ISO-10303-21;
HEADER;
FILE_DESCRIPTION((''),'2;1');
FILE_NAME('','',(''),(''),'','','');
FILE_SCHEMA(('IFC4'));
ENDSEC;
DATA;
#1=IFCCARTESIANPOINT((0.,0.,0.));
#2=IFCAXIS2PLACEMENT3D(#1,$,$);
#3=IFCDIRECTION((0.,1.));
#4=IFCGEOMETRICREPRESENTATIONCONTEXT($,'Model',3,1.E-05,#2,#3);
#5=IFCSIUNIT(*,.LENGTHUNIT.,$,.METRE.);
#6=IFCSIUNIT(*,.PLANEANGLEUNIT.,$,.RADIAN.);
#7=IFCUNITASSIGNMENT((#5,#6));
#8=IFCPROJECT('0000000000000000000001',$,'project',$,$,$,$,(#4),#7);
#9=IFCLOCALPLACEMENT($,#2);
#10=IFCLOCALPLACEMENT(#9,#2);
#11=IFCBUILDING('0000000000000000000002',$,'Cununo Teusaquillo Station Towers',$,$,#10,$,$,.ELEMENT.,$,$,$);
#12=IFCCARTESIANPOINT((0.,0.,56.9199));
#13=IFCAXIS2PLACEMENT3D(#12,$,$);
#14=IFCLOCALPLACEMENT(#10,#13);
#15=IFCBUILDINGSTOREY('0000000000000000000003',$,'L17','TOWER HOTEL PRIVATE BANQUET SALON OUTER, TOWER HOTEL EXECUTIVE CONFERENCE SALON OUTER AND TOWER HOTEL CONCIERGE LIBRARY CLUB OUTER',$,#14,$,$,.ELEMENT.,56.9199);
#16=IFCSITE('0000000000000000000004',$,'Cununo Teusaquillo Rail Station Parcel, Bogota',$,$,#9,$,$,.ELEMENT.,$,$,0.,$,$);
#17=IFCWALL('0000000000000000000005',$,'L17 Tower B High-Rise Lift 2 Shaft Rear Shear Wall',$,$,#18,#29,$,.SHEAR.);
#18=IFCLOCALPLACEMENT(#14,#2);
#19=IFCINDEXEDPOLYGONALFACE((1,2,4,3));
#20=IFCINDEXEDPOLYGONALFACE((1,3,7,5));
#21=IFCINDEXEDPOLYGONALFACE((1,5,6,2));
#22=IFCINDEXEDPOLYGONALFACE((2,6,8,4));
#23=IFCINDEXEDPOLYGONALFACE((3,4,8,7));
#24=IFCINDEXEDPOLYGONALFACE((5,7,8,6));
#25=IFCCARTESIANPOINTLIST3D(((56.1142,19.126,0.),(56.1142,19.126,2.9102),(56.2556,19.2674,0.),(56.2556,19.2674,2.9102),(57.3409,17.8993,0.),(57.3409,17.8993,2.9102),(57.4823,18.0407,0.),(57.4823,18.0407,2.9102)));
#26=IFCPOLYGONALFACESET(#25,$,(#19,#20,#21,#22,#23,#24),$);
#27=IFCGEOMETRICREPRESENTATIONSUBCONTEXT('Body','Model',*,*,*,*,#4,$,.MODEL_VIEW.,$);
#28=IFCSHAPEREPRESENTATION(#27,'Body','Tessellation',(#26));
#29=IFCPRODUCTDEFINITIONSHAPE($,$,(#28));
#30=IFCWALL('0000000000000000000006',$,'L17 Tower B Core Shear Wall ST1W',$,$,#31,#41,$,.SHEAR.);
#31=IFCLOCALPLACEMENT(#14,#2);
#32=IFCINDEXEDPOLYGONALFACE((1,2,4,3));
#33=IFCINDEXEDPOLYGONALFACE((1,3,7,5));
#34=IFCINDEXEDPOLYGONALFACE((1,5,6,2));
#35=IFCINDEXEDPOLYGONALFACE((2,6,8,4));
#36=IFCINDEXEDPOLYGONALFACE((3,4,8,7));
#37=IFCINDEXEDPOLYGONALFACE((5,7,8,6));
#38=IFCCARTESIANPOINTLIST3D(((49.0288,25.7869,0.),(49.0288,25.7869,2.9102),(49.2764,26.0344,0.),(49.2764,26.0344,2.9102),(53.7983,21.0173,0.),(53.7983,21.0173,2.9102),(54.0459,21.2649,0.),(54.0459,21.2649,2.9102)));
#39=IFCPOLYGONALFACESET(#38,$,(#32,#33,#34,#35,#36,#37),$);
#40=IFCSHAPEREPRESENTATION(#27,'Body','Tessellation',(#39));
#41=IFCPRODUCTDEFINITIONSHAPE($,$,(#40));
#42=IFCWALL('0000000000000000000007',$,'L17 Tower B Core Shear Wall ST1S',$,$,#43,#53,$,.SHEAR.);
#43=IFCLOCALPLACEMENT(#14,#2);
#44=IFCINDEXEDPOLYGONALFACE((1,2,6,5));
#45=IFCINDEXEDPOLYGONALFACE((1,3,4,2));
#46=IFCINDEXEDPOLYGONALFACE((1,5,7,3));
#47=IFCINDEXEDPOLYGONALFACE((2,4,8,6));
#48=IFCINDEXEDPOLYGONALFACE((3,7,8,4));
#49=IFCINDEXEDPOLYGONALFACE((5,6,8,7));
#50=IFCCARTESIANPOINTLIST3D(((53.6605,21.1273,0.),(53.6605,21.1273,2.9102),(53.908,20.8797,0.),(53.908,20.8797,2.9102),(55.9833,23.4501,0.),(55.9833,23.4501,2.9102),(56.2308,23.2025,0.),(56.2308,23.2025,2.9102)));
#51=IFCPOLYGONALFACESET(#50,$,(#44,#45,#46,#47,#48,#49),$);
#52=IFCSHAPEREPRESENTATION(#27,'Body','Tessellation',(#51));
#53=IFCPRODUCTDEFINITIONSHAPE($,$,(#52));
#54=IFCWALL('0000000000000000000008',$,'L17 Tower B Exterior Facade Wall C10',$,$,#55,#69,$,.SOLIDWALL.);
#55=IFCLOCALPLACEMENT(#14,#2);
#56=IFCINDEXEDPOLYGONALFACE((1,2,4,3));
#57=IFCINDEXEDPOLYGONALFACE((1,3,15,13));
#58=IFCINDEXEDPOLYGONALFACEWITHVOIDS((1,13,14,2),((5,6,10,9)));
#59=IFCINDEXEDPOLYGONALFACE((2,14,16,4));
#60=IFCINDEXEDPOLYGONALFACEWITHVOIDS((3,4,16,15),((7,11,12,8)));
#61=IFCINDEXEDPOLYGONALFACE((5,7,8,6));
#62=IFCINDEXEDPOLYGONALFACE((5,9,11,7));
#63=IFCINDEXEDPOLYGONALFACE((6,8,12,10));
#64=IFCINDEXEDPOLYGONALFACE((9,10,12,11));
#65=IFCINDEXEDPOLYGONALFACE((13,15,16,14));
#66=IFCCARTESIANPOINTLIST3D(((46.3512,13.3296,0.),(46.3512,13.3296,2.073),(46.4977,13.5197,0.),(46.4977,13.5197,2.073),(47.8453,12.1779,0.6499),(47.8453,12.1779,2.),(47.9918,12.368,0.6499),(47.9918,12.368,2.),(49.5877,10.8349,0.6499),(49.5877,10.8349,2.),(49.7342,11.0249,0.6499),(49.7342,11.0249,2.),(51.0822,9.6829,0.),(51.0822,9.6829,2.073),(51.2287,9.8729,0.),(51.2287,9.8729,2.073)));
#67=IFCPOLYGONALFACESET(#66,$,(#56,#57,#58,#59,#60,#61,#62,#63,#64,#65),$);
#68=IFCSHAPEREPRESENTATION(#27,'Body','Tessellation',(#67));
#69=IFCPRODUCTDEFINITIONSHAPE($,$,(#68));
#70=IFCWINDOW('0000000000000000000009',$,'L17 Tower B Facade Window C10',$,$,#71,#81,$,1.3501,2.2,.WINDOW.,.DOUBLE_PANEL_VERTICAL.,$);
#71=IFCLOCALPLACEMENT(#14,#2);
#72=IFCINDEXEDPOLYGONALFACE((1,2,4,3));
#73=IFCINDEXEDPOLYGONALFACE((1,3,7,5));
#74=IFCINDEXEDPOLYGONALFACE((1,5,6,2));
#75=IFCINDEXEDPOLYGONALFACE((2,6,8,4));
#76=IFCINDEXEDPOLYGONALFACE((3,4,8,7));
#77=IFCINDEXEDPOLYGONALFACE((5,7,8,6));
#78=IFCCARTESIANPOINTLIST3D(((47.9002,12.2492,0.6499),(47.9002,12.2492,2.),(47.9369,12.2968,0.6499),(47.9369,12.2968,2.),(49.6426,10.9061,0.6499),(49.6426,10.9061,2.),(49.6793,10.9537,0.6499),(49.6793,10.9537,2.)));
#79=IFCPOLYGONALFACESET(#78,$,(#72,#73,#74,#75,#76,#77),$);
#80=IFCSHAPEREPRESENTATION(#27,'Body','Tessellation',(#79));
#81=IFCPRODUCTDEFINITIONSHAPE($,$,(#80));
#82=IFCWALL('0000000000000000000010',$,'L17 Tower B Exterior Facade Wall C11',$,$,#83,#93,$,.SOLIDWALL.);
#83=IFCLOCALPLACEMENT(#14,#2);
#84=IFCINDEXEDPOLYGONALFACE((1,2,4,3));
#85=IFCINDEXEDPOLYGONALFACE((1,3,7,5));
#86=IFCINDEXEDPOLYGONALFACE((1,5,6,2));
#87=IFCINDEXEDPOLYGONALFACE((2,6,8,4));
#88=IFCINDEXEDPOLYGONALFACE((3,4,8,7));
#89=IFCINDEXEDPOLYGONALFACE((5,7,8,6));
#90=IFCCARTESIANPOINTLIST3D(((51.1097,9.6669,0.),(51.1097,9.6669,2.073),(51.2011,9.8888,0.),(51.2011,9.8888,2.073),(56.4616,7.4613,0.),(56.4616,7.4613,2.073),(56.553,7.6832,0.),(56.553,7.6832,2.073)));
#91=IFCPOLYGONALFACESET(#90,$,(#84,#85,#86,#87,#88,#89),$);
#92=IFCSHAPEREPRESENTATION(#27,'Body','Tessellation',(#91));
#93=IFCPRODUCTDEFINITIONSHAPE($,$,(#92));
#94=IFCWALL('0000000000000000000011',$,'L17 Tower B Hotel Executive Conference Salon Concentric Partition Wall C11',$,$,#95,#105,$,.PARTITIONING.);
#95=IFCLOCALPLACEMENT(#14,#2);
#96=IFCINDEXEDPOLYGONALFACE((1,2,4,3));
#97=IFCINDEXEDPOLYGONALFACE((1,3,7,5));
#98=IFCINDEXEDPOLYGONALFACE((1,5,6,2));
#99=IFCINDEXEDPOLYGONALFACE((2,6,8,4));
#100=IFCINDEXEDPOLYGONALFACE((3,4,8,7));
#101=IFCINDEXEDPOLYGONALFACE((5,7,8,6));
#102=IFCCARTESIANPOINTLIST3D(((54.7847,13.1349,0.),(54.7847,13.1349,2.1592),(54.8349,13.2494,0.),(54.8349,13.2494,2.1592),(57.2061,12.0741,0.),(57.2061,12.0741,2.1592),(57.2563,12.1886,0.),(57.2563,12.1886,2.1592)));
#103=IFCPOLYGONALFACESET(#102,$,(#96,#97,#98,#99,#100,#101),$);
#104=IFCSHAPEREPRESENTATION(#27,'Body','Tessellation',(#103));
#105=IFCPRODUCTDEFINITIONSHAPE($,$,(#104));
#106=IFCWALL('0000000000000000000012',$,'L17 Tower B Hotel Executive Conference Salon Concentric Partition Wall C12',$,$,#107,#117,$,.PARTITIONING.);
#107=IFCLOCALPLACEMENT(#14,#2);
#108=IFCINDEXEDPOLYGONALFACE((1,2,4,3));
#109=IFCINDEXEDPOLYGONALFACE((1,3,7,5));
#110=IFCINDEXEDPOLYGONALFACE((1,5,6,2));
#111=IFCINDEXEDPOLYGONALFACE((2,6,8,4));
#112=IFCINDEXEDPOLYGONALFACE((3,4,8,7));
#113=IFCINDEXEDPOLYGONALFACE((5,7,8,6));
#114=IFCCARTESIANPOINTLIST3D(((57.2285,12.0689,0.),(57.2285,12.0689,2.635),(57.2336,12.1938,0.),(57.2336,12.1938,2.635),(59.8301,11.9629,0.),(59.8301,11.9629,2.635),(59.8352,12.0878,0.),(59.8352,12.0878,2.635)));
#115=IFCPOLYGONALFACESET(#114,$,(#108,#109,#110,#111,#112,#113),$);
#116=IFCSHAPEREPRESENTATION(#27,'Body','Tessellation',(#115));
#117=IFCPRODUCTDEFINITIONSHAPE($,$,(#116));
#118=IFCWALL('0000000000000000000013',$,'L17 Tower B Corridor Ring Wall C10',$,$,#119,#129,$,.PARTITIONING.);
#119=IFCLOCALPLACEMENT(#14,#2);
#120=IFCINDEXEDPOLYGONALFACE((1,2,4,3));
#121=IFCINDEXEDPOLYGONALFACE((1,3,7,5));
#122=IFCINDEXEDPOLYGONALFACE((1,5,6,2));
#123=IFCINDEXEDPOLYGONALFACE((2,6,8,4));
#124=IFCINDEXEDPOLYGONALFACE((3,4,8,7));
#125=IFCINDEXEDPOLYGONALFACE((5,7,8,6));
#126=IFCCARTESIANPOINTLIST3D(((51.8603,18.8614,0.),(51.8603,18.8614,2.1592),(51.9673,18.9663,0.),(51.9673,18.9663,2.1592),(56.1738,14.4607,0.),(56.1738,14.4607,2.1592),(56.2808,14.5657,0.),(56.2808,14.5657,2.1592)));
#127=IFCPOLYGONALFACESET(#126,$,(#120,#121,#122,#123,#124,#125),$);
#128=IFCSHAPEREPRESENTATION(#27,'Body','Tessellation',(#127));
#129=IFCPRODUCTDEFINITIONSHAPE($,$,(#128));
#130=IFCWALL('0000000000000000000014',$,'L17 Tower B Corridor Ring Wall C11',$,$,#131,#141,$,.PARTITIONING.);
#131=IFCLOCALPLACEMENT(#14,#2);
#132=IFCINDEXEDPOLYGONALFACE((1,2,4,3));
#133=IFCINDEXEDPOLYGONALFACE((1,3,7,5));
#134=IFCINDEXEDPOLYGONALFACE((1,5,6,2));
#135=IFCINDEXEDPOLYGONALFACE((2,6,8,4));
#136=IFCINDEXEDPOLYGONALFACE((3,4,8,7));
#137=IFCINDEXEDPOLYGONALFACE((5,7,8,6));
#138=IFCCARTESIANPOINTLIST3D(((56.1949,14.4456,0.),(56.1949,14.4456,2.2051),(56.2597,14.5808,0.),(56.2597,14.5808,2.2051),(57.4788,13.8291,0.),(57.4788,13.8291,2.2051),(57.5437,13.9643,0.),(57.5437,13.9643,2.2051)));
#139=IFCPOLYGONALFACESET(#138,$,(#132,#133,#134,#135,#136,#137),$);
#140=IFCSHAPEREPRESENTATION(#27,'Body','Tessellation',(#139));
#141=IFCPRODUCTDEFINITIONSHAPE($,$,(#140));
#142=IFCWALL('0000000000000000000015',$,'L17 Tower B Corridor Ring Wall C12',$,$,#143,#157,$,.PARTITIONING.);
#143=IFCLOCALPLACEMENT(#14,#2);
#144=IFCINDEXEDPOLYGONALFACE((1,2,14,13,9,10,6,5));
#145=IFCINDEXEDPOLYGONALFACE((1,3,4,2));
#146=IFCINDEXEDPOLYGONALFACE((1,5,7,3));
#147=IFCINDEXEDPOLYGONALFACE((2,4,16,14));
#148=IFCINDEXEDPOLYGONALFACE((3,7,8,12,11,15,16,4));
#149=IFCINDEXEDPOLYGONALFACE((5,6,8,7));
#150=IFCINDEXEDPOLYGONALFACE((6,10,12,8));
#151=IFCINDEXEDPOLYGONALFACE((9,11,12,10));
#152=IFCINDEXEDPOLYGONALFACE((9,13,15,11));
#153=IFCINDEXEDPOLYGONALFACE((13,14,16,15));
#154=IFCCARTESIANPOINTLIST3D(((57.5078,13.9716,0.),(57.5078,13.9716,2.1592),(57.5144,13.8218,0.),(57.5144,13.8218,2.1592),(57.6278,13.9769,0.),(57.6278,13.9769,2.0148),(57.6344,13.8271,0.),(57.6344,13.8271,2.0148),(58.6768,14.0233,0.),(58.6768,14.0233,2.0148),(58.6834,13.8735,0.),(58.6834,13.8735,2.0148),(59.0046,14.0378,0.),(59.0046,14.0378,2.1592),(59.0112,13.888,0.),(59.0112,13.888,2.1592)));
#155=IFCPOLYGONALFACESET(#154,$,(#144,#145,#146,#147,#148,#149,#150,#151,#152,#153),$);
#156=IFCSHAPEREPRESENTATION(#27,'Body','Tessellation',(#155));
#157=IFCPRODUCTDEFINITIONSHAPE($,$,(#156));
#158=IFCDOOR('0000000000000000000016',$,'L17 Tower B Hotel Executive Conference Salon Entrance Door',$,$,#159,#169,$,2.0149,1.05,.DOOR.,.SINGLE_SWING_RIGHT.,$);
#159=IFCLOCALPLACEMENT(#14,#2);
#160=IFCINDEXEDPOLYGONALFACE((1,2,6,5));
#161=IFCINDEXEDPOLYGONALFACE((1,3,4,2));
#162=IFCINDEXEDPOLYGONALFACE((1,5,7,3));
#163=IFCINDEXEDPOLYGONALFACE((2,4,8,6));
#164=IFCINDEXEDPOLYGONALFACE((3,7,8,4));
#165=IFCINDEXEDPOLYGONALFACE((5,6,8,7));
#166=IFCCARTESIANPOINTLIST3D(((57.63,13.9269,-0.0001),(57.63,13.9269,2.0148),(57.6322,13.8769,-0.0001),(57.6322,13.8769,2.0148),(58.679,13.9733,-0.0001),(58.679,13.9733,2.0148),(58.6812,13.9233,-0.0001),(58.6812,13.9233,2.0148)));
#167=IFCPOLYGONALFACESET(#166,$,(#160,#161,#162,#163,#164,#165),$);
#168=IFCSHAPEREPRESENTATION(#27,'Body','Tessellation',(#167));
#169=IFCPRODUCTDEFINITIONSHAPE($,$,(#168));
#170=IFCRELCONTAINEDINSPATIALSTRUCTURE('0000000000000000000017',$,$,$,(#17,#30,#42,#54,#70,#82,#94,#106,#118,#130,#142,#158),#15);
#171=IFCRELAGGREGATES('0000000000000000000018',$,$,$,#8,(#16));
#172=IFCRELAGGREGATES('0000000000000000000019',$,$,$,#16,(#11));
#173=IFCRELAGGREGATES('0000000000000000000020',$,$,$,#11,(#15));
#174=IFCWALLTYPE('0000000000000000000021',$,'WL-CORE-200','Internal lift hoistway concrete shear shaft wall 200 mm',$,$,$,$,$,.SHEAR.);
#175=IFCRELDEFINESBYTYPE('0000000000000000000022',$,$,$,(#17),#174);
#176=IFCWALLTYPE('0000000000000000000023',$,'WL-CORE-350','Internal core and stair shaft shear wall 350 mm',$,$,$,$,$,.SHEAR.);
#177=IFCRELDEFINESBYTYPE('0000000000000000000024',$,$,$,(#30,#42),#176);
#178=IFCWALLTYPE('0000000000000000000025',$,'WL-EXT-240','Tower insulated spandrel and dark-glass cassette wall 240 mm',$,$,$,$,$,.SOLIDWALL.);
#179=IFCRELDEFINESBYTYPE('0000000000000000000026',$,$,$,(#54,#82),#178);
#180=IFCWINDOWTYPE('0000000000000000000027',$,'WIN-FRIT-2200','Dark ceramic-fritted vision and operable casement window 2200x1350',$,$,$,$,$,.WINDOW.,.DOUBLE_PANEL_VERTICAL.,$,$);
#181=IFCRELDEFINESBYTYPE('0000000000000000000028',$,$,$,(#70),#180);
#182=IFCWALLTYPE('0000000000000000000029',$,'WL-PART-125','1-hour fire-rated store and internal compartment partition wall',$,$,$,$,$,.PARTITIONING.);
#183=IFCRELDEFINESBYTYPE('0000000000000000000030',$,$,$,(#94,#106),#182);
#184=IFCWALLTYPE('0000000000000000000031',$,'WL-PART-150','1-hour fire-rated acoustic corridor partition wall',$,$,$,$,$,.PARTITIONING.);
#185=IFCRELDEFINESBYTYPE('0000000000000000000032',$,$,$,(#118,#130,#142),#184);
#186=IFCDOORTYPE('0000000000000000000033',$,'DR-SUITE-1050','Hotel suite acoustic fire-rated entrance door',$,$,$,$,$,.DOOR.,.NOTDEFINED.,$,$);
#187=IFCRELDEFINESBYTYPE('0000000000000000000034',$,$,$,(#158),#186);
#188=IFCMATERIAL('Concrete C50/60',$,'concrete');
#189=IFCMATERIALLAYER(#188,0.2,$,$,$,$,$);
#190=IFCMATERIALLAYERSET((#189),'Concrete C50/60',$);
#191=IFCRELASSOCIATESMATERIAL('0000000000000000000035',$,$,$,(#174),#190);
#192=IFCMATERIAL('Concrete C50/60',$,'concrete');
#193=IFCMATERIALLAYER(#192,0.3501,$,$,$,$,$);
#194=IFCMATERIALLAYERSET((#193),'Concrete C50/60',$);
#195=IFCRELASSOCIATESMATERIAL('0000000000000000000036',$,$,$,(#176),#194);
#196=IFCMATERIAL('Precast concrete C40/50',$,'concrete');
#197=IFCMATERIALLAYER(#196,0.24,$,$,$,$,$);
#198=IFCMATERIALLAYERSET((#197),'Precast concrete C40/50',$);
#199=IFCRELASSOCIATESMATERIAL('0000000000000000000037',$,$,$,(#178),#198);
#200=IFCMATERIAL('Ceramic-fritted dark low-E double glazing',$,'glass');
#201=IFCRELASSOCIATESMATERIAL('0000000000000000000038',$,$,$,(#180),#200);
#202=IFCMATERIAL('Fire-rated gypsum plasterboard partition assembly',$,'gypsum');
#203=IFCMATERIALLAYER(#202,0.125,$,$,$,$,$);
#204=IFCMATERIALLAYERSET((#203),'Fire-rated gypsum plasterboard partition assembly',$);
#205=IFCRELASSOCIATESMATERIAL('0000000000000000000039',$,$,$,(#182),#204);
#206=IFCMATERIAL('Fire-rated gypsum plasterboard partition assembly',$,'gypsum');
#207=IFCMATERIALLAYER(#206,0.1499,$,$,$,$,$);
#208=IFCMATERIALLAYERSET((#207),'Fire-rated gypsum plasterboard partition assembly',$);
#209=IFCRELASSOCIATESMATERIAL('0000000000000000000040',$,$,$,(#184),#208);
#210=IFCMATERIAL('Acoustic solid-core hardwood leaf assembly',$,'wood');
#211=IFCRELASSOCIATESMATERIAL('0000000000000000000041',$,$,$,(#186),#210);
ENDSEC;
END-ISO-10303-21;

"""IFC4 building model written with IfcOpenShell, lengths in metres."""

from ifc_helpers import new_model, si_unit, direction, frame, frame_2d, origin, place, context, subcontext, project, spatial, rectangle, extrude, source, transform, mapped, material, layer, layer_set, type_object, element, fill, save


model = new_model("IFC4")

# Units and contexts
model_context = context("Model", 3, precision=1e-05, world=origin(), true_north=direction((0.0, 1.0)))
body_context = subcontext(model_context, "Body", "Model", "MODEL_VIEW")
ifc_project = project(units=[si_unit("LENGTHUNIT", "METRE"), si_unit("PLANEANGLEUNIT", "RADIAN")], contexts=[model_context])

# Site, building, storey
site_placement = place(None, origin())
site = spatial("IfcSite", under=ifc_project, at=site_placement, Name="Cununo Teusaquillo Rail Station Parcel, Bogota", CompositionType="ELEMENT", RefElevation=0.0)
building_placement = place(site_placement, origin())
building = spatial("IfcBuilding", under=site, at=building_placement, Name="Cununo Teusaquillo Station Towers", CompositionType="ELEMENT")
storey_placement = place(building_placement, frame((0.0, 0.0, 56.9199)))
storey = spatial("IfcBuildingStorey", under=building, at=storey_placement, Name="L17", Description="TOWER HOTEL PRIVATE BANQUET SALON OUTER, TOWER HOTEL EXECUTIVE CONFERENCE SALON OUTER AND TOWER HOTEL CONCIERGE LIBRARY CLUB OUTER", CompositionType="ELEMENT", Elevation=56.9199)

# Walls
ifc_material_1 = material(Name="Concrete C50/60", Category="concrete")
ifc_layer_1 = layer(ifc_material_1, 0.2)
ifc_layer_set_1 = layer_set([ifc_layer_1], Name="Concrete C50/60")
wall_type_1 = type_object("IfcWallType", Name="WL-CORE-200", Description="Internal lift hoistway concrete shear shaft wall 200 mm", PredefinedType="SHEAR", material=ifc_layer_set_1)
wall_1_placement = place(storey_placement, frame((57.4116, 17.97, 0.0), z_axis=(0.0, 0.0, 1.0), x_axis=(-0.707107, 0.707107, 0.0)))
element("IfcWall", 1, at=wall_1_placement, inside=storey, type_object=wall_type_1, Name="L17 Tower B High-Rise Lift 2 Shaft Rear Shear Wall", PredefinedType="SHEAR", context=body_context, shape_type="SweptSolid", body=[
    extrude(rectangle(XDim=1.7349, YDim=0.2, at=frame_2d((0.8674, 0.0))), origin(), (0.0, 0.0, 1.0), 2.9102),
])
ifc_material_2 = material(Name="Concrete C50/60", Category="concrete")
ifc_layer_2 = layer(ifc_material_2, 0.3501)
ifc_layer_set_2 = layer_set([ifc_layer_2], Name="Concrete C50/60")
wall_type_2 = type_object("IfcWallType", Name="WL-CORE-350", Description="Internal core and stair shaft shear wall 350 mm", PredefinedType="SHEAR", material=ifc_layer_set_2)
wall_2_placement = place(storey_placement, frame((53.9221, 21.1411, 0.0), z_axis=(0.0, 0.0, 1.0), x_axis=(-0.707107, 0.707107, 0.0)))
element("IfcWall", 2, at=wall_2_placement, inside=storey, type_object=wall_type_2, Name="L17 Tower B Core Shear Wall ST1W", PredefinedType="SHEAR", context=body_context, shape_type="SweptSolid", body=[
    extrude(rectangle(XDim=6.7451, YDim=0.3501, at=frame_2d((3.3726, 0.0))), origin(), (0.0, 0.0, 1.0), 2.9102),
])
wall_3_placement = place(storey_placement, frame((53.7842, 21.0034, 0.0), z_axis=(0.0, 0.0, 1.0), x_axis=(0.707107, 0.707107, 0.0)))
element("IfcWall", 3, at=wall_3_placement, inside=storey, type_object=wall_type_2, Name="L17 Tower B Core Shear Wall ST1S", PredefinedType="SHEAR", context=body_context, shape_type="SweptSolid", body=[
    extrude(rectangle(XDim=3.2849, YDim=0.3501, at=frame_2d((1.6426, 0.0))), origin(), (0.0, 0.0, 1.0), 2.9102),
])

# Wall, opening, window
ifc_material_3 = material(Name="Precast concrete C40/50", Category="concrete")
ifc_layer_3 = layer(ifc_material_3, 0.24)
ifc_layer_set_3 = layer_set([ifc_layer_3], Name="Precast concrete C40/50")
wall_type_3 = type_object("IfcWallType", Name="WL-EXT-240", Description="Tower insulated spandrel and dark-glass cassette wall 240 mm", PredefinedType="SOLIDWALL", material=ifc_layer_set_3)
wall_4_placement = place(storey_placement, frame((51.1555, 9.7778, 0.0), z_axis=(0.0, 0.0, 1.0), x_axis=(-0.792014, 0.610503, 0.0)))
wall_4 = element("IfcWall", 4, at=wall_4_placement, inside=storey, type_object=wall_type_3, Name="L17 Tower B Exterior Facade Wall C10", PredefinedType="SOLIDWALL", context=body_context, shape_type="SweptSolid", body=[
    extrude(rectangle(XDim=5.9734, YDim=0.24, at=frame_2d((2.9868, 0.0))), origin(), (0.0, 0.0, 1.0), 2.073),
])
shared_shape_1 = source(origin(), body_context, "Body", "SweptSolid", [
    extrude(rectangle(XDim=2.2, YDim=1.3501, at=frame_2d((1.1001, 0.675))), frame((0.0, 0.1299, 0.0), z_axis=(0.0, -1.0, 0.0), x_axis=(1.0, 0.0, 0.0)), (0.0, 0.0, 1.0), 0.26),
])
opening_1_placement = place(wall_4_placement, frame((1.887, 0.0, 0.6499)))
opening_1 = element("IfcOpeningElement", 5, at=opening_1_placement, cuts=wall_4, PredefinedType="OPENING", context=body_context, shape_type="MappedRepresentation", body=[
    mapped(shared_shape_1, transform((0.0, 0.0, 0.0), x_axis=(1.0, 0.0, 0.0), y_axis=(0.0, 1.0, 0.0), z_axis=(0.0, 0.0, 1.0), scale=1.0)),
])
ifc_material_4 = material(Name="Ceramic-fritted dark low-E double glazing", Category="glass")
window_type = type_object("IfcWindowType", Name="WIN-FRIT-2200", Description="Dark ceramic-fritted vision and operable casement window 2200x1350", PartitioningType="DOUBLE_PANEL_VERTICAL", PredefinedType="WINDOW", material=ifc_material_4)
shared_shape_2 = source(origin(), body_context, "Body", "SweptSolid", [
    extrude(rectangle(XDim=2.2, YDim=1.3501, at=frame_2d((1.1001, 0.675))), frame((0.0, 0.03, 0.0), z_axis=(0.0, -1.0, 0.0), x_axis=(1.0, 0.0, 0.0)), (0.0, 0.0, 1.0), 0.0601),
])
window_placement = place(opening_1_placement, origin())
window = element("IfcWindow", 6, at=window_placement, inside=storey, type_object=window_type, Name="L17 Tower B Facade Window C10", OverallHeight=1.3501, OverallWidth=2.2, PartitioningType="DOUBLE_PANEL_VERTICAL", PredefinedType="WINDOW", context=body_context, shape_type="MappedRepresentation", body=[
    mapped(shared_shape_2, transform((0.0, 0.0, 0.0), x_axis=(1.0, 0.0, 0.0), y_axis=(0.0, 1.0, 0.0), z_axis=(0.0, 0.0, 1.0), scale=1.0)),
])
fill(opening_1, window)

# Walls
wall_5_placement = place(storey_placement, frame((56.5073, 7.5723, 0.0), z_axis=(0.0, 0.0, 1.0), x_axis=(-0.924564, 0.381028, 0.0)))
element("IfcWall", 7, at=wall_5_placement, inside=storey, type_object=wall_type_3, Name="L17 Tower B Exterior Facade Wall C11", PredefinedType="SOLIDWALL", context=body_context, shape_type="SweptSolid", body=[
    extrude(rectangle(XDim=5.7886, YDim=0.24, at=frame_2d((2.8943, 0.0))), origin(), (0.0, 0.0, 1.0), 2.073),
])
ifc_material_5 = material(Name="Fire-rated gypsum plasterboard partition assembly", Category="gypsum")
ifc_layer_4 = layer(ifc_material_5, 0.125)
ifc_layer_set_4 = layer_set([ifc_layer_4], Name="Fire-rated gypsum plasterboard partition assembly")
wall_type_4 = type_object("IfcWallType", Name="WL-PART-125", Description="1-hour fire-rated store and internal compartment partition wall", PredefinedType="PARTITIONING", material=ifc_layer_set_4)
wall_6_placement = place(storey_placement, frame((54.8098, 13.1921, 0.0), z_axis=(0.0, 0.0, 1.0), x_axis=(0.915958, -0.401274, 0.0)))
element("IfcWall", 8, at=wall_6_placement, inside=storey, type_object=wall_type_4, Name="L17 Tower B Hotel Executive Conference Salon Concentric Partition Wall C11", PredefinedType="PARTITIONING", context=body_context, shape_type="SweptSolid", body=[
    extrude(rectangle(XDim=2.6436, YDim=0.125, at=frame_2d((1.3218, 0.0))), origin(), (0.0, 0.0, 1.0), 2.1592),
])
wall_7_placement = place(storey_placement, frame((57.2312, 12.1313, 0.0), z_axis=(0.0, 0.0, 1.0), x_axis=(0.999172, -0.040694, 0.0)))
element("IfcWall", 9, at=wall_7_placement, inside=storey, type_object=wall_type_4, Name="L17 Tower B Hotel Executive Conference Salon Concentric Partition Wall C12", PredefinedType="PARTITIONING", context=body_context, shape_type="SweptSolid", body=[
    extrude(rectangle(XDim=2.6038, YDim=0.125, at=frame_2d((1.3018, 0.0))), origin(), (0.0, 0.0, 1.0), 2.635),
])
ifc_material_6 = material(Name="Fire-rated gypsum plasterboard partition assembly", Category="gypsum")
ifc_layer_5 = layer(ifc_material_6, 0.1499)
ifc_layer_set_5 = layer_set([ifc_layer_5], Name="Fire-rated gypsum plasterboard partition assembly")
wall_type_5 = type_object("IfcWallType", Name="WL-PART-150", Description="1-hour fire-rated acoustic corridor partition wall", PredefinedType="PARTITIONING", material=ifc_layer_set_5)
wall_8_placement = place(storey_placement, frame((51.9138, 18.9138, 0.0), z_axis=(0.0, 0.0, 1.0), x_axis=(0.699999, -0.714144, 0.0)))
element("IfcWall", 10, at=wall_8_placement, inside=storey, type_object=wall_type_5, Name="L17 Tower B Corridor Ring Wall C10", PredefinedType="PARTITIONING", context=body_context, shape_type="SweptSolid", body=[
    extrude(rectangle(XDim=6.1621, YDim=0.1499, at=frame_2d((3.0811, 0.0))), origin(), (0.0, 0.0, 1.0), 2.1592),
])
wall_9_placement = place(storey_placement, frame((56.2273, 14.5132, 0.0), z_axis=(0.0, 0.0, 1.0), x_axis=(0.901478, -0.432826, 0.0)))
element("IfcWall", 11, at=wall_9_placement, inside=storey, type_object=wall_type_5, Name="L17 Tower B Corridor Ring Wall C11", PredefinedType="PARTITIONING", context=body_context, shape_type="SweptSolid", body=[
    extrude(rectangle(XDim=1.4243, YDim=0.1499, at=frame_2d((0.7122, 0.0))), origin(), (0.0, 0.0, 1.0), 2.2051),
])

# Wall, opening, door
wall_10_placement = place(storey_placement, frame((57.5112, 13.8967, 0.0), z_axis=(0.0, 0.0, 1.0), x_axis=(0.999025, 0.044158, 0.0)))
wall_10 = element("IfcWall", 12, at=wall_10_placement, inside=storey, type_object=wall_type_5, Name="L17 Tower B Corridor Ring Wall C12", PredefinedType="PARTITIONING", context=body_context, shape_type="SweptSolid", body=[
    extrude(rectangle(XDim=1.4983, YDim=0.1499, at=frame_2d((0.749, 0.0))), origin(), (0.0, 0.0, 1.0), 2.1592),
])
shared_shape_3 = source(origin(), body_context, "Body", "SweptSolid", [
    extrude(rectangle(XDim=1.05, YDim=2.0149, at=frame_2d((0.5249, 1.0073))), frame((0.0, 0.085, 0.0), z_axis=(0.0, -1.0, 0.0), x_axis=(1.0, 0.0, 0.0)), (0.0, 0.0, 1.0), 0.1699),
])
opening_2_placement = place(wall_10_placement, frame((0.1201, 0.0, 0.0)))
opening_2 = element("IfcOpeningElement", 13, at=opening_2_placement, cuts=wall_10, PredefinedType="OPENING", context=body_context, shape_type="MappedRepresentation", body=[
    mapped(shared_shape_3, transform((0.0, 0.0, 0.0), x_axis=(1.0, 0.0, 0.0), y_axis=(0.0, 1.0, 0.0), z_axis=(0.0, 0.0, 1.0), scale=1.0)),
])
ifc_material_7 = material(Name="Acoustic solid-core hardwood leaf assembly", Category="wood")
door_type_1 = type_object("IfcDoorType", Name="DR-SUITE-1050", Description="Hotel suite acoustic fire-rated entrance door", OperationType="NOTDEFINED", PredefinedType="DOOR", material=ifc_material_7)
shared_shape_4 = source(origin(), body_context, "Body", "SweptSolid", [
    extrude(rectangle(XDim=1.05, YDim=2.0149, at=frame_2d((0.5249, 1.0073))), frame((0.0, 0.0249, 0.0), z_axis=(0.0, -1.0, 0.0), x_axis=(1.0, 0.0, 0.0)), (0.0, 0.0, 1.0), 0.05),
])
door_1_placement = place(opening_2_placement, origin())
door_1 = element("IfcDoor", 14, at=door_1_placement, inside=storey, type_object=door_type_1, Name="L17 Tower B Hotel Executive Conference Salon Entrance Door", OperationType="SINGLE_SWING_RIGHT", OverallHeight=2.0149, OverallWidth=1.05, PredefinedType="DOOR", context=body_context, shape_type="MappedRepresentation", body=[
    mapped(shared_shape_4, transform((0.0, 0.0, 0.0), x_axis=(1.0, 0.0, 0.0), y_axis=(0.0, 1.0, 0.0), z_axis=(0.0, 0.0, 1.0), scale=1.0)),
])
fill(opening_2, door_1)

save(model, "model.ifc")
